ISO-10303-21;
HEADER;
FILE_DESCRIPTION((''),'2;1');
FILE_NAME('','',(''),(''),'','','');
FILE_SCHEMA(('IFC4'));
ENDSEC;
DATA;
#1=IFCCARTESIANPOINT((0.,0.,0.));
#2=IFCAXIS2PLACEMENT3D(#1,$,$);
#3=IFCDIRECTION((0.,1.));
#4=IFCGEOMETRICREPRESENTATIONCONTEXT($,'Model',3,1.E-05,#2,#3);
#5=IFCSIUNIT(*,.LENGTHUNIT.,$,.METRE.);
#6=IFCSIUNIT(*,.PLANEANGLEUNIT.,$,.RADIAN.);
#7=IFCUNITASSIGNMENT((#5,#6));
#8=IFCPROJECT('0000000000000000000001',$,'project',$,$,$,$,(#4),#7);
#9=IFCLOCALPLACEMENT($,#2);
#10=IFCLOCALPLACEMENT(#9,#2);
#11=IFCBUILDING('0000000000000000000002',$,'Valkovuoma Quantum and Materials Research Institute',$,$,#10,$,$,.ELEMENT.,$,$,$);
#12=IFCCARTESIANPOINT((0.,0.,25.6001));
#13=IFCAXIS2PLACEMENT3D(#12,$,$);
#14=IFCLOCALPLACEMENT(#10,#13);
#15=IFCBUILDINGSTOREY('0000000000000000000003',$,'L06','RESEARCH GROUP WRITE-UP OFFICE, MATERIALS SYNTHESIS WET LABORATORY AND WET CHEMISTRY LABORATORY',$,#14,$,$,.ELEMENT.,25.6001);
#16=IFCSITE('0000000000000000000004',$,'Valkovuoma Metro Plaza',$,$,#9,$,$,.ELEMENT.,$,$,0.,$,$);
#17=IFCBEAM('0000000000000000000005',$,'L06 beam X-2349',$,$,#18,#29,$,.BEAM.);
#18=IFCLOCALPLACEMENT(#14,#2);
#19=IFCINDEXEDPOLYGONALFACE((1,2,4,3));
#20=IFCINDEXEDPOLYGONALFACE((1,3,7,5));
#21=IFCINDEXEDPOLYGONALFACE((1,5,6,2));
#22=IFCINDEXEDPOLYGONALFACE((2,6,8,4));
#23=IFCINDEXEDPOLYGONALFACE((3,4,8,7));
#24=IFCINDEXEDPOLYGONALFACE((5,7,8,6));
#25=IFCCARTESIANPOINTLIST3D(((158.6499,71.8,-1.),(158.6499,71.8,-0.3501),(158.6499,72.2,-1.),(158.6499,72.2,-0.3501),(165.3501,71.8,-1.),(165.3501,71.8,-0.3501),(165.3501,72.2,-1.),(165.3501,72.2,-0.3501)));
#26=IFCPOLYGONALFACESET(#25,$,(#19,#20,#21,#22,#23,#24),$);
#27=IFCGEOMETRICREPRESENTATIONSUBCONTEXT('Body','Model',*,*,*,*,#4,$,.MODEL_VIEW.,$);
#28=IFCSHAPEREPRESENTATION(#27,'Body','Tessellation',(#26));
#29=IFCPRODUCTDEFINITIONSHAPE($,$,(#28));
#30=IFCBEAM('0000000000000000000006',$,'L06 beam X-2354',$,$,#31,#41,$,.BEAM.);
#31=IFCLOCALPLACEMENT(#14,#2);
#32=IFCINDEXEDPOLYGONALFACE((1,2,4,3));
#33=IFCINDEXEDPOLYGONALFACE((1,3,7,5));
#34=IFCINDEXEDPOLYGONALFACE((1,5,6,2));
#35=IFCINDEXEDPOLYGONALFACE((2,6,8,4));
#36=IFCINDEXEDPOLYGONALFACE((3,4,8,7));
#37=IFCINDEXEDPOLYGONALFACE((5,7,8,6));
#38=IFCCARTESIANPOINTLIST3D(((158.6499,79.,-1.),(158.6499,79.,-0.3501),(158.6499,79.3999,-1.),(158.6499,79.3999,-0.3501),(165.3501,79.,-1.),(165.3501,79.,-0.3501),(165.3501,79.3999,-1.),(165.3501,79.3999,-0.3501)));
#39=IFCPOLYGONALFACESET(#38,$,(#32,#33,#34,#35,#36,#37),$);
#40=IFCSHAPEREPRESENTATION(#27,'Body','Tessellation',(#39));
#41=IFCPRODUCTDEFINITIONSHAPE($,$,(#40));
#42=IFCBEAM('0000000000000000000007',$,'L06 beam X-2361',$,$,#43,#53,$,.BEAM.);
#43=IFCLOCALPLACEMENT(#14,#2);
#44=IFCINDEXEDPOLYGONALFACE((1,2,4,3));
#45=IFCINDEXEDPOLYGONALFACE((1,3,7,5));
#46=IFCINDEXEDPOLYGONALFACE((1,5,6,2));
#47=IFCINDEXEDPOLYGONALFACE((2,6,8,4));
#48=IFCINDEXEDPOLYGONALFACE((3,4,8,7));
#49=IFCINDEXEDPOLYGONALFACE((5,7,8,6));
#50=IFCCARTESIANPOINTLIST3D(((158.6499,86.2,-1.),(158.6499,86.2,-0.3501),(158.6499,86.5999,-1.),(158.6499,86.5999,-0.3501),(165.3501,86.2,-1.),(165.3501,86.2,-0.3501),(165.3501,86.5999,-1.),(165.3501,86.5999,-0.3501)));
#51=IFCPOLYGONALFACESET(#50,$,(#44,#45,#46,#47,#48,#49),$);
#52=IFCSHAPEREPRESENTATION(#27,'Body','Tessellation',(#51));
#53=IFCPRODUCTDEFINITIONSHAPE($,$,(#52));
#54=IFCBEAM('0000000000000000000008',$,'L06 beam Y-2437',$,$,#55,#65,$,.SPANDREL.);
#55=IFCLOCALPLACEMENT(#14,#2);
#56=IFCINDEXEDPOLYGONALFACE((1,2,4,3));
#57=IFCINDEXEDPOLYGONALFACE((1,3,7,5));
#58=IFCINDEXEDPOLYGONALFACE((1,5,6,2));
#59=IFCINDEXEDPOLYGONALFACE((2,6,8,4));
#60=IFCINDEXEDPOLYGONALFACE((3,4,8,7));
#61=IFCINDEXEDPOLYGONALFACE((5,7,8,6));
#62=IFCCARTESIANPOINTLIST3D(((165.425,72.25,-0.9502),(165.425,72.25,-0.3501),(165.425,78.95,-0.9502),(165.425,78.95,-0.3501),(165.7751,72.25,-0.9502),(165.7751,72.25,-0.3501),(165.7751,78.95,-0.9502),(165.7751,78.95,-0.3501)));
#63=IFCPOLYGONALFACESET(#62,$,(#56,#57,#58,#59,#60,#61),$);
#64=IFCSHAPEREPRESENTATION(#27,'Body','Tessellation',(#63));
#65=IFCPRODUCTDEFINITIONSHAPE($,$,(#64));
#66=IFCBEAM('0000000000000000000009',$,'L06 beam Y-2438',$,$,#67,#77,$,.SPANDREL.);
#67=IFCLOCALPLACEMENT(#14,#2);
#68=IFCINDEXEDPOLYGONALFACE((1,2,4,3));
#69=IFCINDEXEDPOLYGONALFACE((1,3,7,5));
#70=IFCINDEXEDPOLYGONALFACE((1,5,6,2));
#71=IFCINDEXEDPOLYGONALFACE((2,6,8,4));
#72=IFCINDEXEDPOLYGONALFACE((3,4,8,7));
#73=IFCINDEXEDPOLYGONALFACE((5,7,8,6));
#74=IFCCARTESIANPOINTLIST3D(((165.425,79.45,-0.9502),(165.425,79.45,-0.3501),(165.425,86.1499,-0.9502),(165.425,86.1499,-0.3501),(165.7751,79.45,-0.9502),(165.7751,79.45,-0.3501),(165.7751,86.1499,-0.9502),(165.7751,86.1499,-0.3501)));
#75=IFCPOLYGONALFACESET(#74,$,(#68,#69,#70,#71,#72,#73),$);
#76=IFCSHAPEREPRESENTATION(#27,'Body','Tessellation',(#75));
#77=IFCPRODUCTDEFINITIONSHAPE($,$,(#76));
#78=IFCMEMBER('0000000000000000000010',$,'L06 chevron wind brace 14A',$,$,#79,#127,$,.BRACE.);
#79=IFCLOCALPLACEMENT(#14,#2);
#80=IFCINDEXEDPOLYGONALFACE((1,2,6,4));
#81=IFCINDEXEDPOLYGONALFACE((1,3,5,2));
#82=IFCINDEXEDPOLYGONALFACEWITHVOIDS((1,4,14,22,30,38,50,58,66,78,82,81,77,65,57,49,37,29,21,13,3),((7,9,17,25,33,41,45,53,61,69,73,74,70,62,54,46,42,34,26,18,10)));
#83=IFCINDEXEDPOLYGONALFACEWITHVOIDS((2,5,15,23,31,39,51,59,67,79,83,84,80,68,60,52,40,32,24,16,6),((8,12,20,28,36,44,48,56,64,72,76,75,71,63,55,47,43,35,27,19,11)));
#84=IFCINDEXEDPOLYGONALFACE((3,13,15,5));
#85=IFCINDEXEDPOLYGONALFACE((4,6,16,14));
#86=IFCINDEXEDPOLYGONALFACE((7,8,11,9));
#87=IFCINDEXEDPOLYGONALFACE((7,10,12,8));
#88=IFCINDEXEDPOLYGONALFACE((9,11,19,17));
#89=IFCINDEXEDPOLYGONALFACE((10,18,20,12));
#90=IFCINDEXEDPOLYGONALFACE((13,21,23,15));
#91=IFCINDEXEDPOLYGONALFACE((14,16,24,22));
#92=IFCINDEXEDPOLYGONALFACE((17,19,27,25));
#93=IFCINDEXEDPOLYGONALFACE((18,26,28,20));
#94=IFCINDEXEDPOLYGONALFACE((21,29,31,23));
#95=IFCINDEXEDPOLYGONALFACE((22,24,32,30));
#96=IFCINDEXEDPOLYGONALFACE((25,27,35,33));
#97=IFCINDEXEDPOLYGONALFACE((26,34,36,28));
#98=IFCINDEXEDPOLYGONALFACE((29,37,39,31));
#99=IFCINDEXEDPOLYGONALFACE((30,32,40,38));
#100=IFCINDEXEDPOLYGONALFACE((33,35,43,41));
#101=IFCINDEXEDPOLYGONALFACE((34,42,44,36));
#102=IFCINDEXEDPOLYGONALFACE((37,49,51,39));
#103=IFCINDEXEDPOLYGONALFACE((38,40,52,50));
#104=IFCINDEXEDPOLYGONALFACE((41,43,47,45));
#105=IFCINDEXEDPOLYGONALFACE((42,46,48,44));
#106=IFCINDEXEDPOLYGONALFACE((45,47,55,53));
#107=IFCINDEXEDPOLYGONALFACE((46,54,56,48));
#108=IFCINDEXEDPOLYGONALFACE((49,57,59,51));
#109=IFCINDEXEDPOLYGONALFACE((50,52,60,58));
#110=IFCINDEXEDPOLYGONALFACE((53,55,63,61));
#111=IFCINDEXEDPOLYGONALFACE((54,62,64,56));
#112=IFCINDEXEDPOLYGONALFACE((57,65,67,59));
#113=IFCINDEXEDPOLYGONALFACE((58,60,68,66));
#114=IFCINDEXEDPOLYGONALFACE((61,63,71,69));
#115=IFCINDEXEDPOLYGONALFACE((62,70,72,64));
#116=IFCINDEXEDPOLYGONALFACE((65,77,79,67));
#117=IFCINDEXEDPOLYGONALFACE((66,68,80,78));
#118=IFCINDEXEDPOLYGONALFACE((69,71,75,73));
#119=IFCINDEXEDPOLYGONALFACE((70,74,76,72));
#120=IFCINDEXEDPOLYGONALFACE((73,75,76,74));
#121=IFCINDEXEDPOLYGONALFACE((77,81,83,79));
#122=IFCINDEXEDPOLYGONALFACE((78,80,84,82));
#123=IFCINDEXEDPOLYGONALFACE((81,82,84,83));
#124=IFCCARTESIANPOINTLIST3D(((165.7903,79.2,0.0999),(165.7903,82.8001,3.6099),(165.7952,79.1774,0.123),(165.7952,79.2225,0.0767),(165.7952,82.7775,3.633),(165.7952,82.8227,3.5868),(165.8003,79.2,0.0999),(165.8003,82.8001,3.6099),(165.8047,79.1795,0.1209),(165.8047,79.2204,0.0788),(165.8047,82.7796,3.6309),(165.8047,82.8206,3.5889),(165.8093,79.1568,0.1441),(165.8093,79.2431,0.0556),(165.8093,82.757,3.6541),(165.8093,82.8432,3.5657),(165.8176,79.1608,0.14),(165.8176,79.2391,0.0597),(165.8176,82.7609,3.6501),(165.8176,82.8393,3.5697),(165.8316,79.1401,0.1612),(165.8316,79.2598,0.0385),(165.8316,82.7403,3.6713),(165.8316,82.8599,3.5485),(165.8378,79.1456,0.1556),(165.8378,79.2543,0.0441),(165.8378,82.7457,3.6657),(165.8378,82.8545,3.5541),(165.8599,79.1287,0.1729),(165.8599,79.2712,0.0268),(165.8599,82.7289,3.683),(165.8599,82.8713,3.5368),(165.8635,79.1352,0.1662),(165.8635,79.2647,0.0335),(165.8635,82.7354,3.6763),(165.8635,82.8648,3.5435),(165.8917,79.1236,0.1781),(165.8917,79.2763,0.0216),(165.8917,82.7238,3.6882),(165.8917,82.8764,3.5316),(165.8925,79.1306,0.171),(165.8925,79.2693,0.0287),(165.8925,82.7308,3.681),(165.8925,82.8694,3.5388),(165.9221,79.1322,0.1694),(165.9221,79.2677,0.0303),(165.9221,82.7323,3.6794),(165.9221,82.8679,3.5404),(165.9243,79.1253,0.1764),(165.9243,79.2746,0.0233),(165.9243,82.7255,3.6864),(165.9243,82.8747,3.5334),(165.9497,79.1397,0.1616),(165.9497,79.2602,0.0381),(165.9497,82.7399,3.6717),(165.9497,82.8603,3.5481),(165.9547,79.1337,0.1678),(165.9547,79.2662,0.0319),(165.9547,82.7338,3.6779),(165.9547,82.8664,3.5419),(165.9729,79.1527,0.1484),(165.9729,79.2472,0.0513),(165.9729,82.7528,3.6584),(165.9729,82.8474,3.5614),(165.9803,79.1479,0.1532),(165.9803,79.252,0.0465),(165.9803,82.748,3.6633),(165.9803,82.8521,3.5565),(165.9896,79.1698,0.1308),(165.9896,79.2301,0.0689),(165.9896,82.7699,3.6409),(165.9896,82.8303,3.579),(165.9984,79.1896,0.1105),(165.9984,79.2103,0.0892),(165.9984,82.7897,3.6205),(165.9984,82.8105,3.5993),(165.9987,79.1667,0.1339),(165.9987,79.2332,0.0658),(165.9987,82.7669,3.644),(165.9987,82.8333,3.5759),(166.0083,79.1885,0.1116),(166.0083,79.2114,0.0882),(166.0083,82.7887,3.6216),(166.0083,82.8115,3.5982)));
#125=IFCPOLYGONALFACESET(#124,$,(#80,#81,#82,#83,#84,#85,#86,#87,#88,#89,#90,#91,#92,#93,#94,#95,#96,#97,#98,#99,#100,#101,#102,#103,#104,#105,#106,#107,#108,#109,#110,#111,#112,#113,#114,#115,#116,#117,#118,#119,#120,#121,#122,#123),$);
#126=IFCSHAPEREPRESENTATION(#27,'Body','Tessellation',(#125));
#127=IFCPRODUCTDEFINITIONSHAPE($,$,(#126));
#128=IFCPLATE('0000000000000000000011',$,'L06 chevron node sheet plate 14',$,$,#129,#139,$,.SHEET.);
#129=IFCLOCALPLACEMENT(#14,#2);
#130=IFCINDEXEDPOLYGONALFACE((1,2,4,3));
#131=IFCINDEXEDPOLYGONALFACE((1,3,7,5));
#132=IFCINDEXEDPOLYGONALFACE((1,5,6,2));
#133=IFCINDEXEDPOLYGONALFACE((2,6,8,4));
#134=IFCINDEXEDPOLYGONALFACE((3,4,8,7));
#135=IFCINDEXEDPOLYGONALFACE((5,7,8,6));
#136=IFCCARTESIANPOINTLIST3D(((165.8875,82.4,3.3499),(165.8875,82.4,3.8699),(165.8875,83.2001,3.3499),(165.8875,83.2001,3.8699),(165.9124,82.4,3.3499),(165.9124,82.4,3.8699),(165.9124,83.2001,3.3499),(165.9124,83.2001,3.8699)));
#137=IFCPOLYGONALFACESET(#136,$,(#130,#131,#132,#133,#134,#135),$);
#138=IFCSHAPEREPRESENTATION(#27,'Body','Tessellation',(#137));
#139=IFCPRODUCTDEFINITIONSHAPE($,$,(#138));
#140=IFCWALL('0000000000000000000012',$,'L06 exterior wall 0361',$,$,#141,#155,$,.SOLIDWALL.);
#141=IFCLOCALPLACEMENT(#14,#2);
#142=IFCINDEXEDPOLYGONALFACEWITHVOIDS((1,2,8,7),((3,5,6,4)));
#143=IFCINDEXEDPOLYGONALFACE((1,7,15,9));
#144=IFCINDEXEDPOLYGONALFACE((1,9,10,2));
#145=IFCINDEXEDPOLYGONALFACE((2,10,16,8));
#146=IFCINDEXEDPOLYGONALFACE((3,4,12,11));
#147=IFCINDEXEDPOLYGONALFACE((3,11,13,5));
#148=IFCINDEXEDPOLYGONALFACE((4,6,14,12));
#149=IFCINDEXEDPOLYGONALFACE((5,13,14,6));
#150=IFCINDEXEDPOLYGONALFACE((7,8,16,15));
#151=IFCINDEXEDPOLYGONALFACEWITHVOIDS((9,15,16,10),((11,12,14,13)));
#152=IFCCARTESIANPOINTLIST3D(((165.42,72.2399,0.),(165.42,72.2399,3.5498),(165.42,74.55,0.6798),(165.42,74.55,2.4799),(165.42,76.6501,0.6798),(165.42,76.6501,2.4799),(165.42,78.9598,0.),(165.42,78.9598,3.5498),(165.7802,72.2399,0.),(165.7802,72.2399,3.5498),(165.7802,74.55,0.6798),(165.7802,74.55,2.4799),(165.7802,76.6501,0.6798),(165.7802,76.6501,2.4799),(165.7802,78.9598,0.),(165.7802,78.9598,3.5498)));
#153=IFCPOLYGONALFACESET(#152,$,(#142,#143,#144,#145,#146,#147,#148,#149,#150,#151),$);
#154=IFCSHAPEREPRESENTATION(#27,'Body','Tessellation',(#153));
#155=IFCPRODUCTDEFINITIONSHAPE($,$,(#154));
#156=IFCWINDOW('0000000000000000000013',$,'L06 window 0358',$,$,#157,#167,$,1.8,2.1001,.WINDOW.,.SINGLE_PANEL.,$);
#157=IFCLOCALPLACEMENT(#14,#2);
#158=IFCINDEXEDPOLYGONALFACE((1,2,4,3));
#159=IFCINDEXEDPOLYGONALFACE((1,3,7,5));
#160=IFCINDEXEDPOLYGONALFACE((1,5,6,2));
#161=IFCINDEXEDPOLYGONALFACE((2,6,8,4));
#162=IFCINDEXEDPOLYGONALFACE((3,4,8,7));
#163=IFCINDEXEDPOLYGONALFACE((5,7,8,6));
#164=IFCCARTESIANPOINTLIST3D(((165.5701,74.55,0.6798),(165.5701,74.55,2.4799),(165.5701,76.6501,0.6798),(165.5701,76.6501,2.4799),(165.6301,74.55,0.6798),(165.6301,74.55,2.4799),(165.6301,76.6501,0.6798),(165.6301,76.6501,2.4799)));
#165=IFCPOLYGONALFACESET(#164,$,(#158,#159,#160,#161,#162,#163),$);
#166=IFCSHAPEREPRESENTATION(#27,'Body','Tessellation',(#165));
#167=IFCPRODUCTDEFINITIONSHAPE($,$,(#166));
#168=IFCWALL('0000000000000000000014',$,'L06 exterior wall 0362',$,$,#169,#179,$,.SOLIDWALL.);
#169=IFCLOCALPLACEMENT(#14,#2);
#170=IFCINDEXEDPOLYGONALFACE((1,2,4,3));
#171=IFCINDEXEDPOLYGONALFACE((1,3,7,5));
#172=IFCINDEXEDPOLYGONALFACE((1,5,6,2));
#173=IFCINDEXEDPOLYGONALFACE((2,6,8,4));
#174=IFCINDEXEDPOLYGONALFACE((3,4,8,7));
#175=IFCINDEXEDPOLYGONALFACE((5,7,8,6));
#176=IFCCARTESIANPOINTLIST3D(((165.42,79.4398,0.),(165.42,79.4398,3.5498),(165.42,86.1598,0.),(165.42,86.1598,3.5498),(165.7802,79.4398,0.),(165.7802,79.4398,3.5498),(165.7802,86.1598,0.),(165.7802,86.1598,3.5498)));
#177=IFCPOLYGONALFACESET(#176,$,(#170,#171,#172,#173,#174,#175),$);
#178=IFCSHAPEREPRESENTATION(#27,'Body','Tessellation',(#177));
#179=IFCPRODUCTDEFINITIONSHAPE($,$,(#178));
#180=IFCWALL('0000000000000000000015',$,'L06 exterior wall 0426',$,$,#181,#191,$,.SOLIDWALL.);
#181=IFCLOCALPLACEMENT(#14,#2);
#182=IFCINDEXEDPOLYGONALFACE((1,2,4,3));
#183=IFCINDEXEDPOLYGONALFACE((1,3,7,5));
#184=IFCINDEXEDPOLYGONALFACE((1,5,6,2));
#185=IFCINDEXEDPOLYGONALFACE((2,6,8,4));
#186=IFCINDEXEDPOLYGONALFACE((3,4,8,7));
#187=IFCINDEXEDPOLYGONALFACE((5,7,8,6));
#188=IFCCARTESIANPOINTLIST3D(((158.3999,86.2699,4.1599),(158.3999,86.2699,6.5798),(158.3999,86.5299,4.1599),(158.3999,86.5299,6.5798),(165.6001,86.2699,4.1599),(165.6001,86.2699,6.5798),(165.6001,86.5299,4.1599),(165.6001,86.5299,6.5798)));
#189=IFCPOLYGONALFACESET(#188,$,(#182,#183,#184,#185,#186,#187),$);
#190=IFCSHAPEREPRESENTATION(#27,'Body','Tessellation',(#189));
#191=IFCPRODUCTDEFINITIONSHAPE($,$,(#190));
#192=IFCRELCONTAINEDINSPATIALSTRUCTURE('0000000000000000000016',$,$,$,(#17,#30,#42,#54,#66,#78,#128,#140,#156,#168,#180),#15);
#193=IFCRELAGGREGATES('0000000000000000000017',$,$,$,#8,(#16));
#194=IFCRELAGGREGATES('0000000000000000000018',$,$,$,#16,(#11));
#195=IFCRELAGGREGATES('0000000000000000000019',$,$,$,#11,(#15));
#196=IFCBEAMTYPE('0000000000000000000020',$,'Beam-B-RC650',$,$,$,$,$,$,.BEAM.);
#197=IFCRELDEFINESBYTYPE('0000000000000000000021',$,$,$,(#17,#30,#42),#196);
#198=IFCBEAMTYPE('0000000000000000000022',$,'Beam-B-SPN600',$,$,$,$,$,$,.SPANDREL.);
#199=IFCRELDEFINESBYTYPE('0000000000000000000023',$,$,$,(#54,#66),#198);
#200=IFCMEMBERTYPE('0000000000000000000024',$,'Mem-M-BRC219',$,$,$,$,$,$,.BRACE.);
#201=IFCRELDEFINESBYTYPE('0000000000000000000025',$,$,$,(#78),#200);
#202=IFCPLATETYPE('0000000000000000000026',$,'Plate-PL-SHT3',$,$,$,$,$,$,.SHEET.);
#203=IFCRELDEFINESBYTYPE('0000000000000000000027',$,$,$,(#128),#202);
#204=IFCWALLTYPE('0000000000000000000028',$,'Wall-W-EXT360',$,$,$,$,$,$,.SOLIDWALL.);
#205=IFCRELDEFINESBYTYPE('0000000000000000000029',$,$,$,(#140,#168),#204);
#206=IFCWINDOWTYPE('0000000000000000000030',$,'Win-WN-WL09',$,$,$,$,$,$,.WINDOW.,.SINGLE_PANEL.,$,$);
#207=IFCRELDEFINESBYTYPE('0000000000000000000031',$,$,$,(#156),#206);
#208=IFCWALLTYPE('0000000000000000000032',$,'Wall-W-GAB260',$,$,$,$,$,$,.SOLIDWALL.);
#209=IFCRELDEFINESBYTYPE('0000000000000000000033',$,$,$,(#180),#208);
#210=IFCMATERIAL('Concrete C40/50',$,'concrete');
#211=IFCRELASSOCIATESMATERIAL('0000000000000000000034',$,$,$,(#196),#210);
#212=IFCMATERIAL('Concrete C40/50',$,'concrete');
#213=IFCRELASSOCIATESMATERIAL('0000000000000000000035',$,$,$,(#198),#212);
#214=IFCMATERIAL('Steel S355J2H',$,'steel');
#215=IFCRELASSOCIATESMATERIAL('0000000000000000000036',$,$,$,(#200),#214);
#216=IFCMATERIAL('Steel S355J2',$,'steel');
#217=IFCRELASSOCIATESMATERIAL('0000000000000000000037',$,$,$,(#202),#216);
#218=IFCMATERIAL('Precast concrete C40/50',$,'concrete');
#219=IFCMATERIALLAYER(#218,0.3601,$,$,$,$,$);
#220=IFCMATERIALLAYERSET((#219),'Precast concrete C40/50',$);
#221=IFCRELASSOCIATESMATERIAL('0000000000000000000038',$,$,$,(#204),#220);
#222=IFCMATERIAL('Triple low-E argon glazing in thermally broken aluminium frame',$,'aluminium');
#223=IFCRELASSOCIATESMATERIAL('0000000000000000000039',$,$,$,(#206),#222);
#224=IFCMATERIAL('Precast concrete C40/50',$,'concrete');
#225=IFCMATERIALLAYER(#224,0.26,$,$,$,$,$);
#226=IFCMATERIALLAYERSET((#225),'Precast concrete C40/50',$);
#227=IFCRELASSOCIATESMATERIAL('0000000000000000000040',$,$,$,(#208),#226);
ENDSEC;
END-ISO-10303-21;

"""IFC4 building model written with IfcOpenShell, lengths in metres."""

from ifc_helpers import new_model, si_unit, direction, frame, frame_2d, origin, origin_2d, place, context, subcontext, project, spatial, rectangle, hollow_circle, extrude, material, layer, layer_set, material_profile, profile_set, type_object, element, fill, save


model = new_model("IFC4")

# Units and contexts
model_context = context("Model", 3, precision=1e-05, world=origin(), true_north=direction((0.0, 1.0)))
body_context = subcontext(model_context, "Body", "Model", "MODEL_VIEW")
ifc_project = project(units=[si_unit("LENGTHUNIT", "METRE"), si_unit("PLANEANGLEUNIT", "RADIAN")], contexts=[model_context])

# Site, building, storey
site_placement = place(None, origin())
site = spatial("IfcSite", under=ifc_project, at=site_placement, Name="Valkovuoma Metro Plaza", CompositionType="ELEMENT", RefElevation=0.0)
building_placement = place(site_placement, origin())
building = spatial("IfcBuilding", under=site, at=building_placement, Name="Valkovuoma Quantum and Materials Research Institute", CompositionType="ELEMENT")
storey_placement = place(building_placement, frame((0.0, 0.0, 25.6001)))
storey = spatial("IfcBuildingStorey", under=building, at=storey_placement, Name="L06", Description="RESEARCH GROUP WRITE-UP OFFICE, MATERIALS SYNTHESIS WET LABORATORY AND WET CHEMISTRY LABORATORY", CompositionType="ELEMENT", Elevation=25.6001)

# Beams
ifc_material_1 = material(Name="Concrete C40/50", Category="concrete")
ifc_material_profile_1 = material_profile(ifc_material_1, rectangle(XDim=0.3999, YDim=0.6499, at=origin_2d()), Name="Concrete C40/50")
ifc_profile_set_1 = profile_set([ifc_material_profile_1], Name="Concrete C40/50")
beam_type_1 = type_object("IfcBeamType", Name="Beam-B-RC650", PredefinedType="BEAM", material=ifc_profile_set_1)
for number, where, z_axis, x_axis, name in (
    (1, (158.6499, 72.0, -0.675), (1.0, 0.0, 0.0), (0.0, 1.0, 0.0), "L06 beam X-2349"),
    (2, (158.6499, 79.2, -0.675), (1.0, 0.0, 0.0), (0.0, 1.0, 0.0), "L06 beam X-2354"),
    (3, (158.6499, 86.3999, -0.675), (1.0, 0.0, 0.0), (0.0, 1.0, 0.0), "L06 beam X-2361"),
):
    element("IfcBeam", number, at=place(storey_placement, frame(where, z_axis=z_axis, x_axis=x_axis)), inside=storey, type_object=beam_type_1, Name=name, PredefinedType="BEAM", context=body_context, shape_type="SweptSolid", body=[
        extrude(rectangle(XDim=0.3999, YDim=0.6499, at=origin_2d()), origin(), (0.0, 0.0, 1.0), 6.7002),
    ])
ifc_material_2 = material(Name="Concrete C40/50", Category="concrete")
ifc_material_profile_2 = material_profile(ifc_material_2, rectangle(XDim=0.3501, YDim=0.6001, at=origin_2d()), Name="Concrete C40/50")
ifc_profile_set_2 = profile_set([ifc_material_profile_2], Name="Concrete C40/50")
beam_type_2 = type_object("IfcBeamType", Name="Beam-B-SPN600", PredefinedType="SPANDREL", material=ifc_profile_set_2)
for number, where, z_axis, x_axis, name in (
    (4, (165.6001, 72.25, -0.6501), (0.0, 1.0, 0.0), (-1.0, 0.0, 0.0), "L06 beam Y-2437"),
    (5, (165.6001, 79.45, -0.6501), (0.0, 1.0, 0.0), (-1.0, 0.0, 0.0), "L06 beam Y-2438"),
):
    element("IfcBeam", number, at=place(storey_placement, frame(where, z_axis=z_axis, x_axis=x_axis)), inside=storey, type_object=beam_type_2, Name=name, PredefinedType="SPANDREL", context=body_context, shape_type="SweptSolid", body=[
        extrude(rectangle(XDim=0.3501, YDim=0.6001, at=origin_2d()), origin(), (0.0, 0.0, 1.0), 6.7),
    ])

# Member
ifc_material_3 = material(Name="Steel S355J2H", Category="steel")
ifc_material_profile_3 = material_profile(ifc_material_3, hollow_circle(Radius=0.1096, WallThickness=0.01, at=origin_2d()), Name="Steel S355J2H")
ifc_profile_set_3 = profile_set([ifc_material_profile_3], Name="Steel S355J2H")
member_type = type_object("IfcMemberType", Name="Mem-M-BRC219", PredefinedType="BRACE", material=ifc_profile_set_3)
member_placement = place(storey_placement, frame((165.8999, 79.2, 0.0999), z_axis=(0.0, 0.716009, 0.698091), x_axis=(-1.0, 0.0, 0.0)))
element("IfcMember", 6, at=member_placement, inside=storey, type_object=member_type, Name="L06 chevron wind brace 14A", PredefinedType="BRACE", context=body_context, shape_type="SweptSolid", body=[
    extrude(hollow_circle(Radius=0.1096, WallThickness=0.01, at=origin_2d()), origin(), (0.0, 0.0, 1.0), 5.0281),
])

# Plate
ifc_material_4 = material(Name="Steel S355J2", Category="steel")
plate_type = type_object("IfcPlateType", Name="Plate-PL-SHT3", PredefinedType="SHEET", material=ifc_material_4)
plate_placement = place(storey_placement, frame((165.8999, 82.8, 3.3499), z_axis=(0.0, 0.0, 1.0), x_axis=(0.0, 1.0, 0.0)))
element("IfcPlate", 7, at=plate_placement, inside=storey, type_object=plate_type, Name="L06 chevron node sheet plate 14", PredefinedType="SHEET", context=body_context, shape_type="SweptSolid", body=[
    extrude(rectangle(XDim=0.8, YDim=0.0249, at=origin_2d()), origin(), (0.0, 0.0, 1.0), 0.52),
])

# Wall, opening, window
ifc_material_5 = material(Name="Precast concrete C40/50", Category="concrete")
ifc_layer_1 = layer(ifc_material_5, 0.3601)
ifc_layer_set_1 = layer_set([ifc_layer_1], Name="Precast concrete C40/50")
wall_type_1 = type_object("IfcWallType", Name="Wall-W-EXT360", PredefinedType="SOLIDWALL", material=ifc_layer_set_1)
wall_1_placement = place(storey_placement, frame((165.6001, 72.24, 0.0), z_axis=(0.0, 0.0, 1.0), x_axis=(0.0, 1.0, 0.0)))
wall_1 = element("IfcWall", 8, at=wall_1_placement, inside=storey, type_object=wall_type_1, Name="L06 exterior wall 0361", PredefinedType="SOLIDWALL", context=body_context, shape_type="SweptSolid", body=[
    extrude(rectangle(XDim=6.72, YDim=0.3601, at=frame_2d((3.3599, 0.0))), origin(), (0.0, 0.0, 1.0), 3.5498),
])
opening_placement = place(wall_1_placement, frame((2.3101, 0.0, 0.6799)))
opening = element("IfcOpeningElement", 9, at=opening_placement, cuts=wall_1, PredefinedType="OPENING", context=body_context, shape_type="SweptSolid", body=[
    extrude(rectangle(XDim=2.1001, YDim=1.8, at=frame_2d((1.05, 0.8999))), frame((0.0, 0.1899, 0.0), z_axis=(0.0, -1.0, 0.0), x_axis=(1.0, 0.0, 0.0)), (0.0, 0.0, 1.0), 0.3801),
])
ifc_material_6 = material(Name="Triple low-E argon glazing in thermally broken aluminium frame", Category="aluminium")
window_type = type_object("IfcWindowType", Name="Win-WN-WL09", PartitioningType="SINGLE_PANEL", PredefinedType="WINDOW", material=ifc_material_6)
window_placement = place(opening_placement, origin())
window = element("IfcWindow", 10, at=window_placement, inside=storey, type_object=window_type, Name="L06 window 0358", OverallHeight=1.8, OverallWidth=2.1001, PartitioningType="SINGLE_PANEL", PredefinedType="WINDOW", context=body_context, shape_type="SweptSolid", body=[
    extrude(rectangle(XDim=2.1001, YDim=1.8, at=frame_2d((1.05, 0.8999))), frame((0.0, 0.03, 0.0), z_axis=(0.0, -1.0, 0.0), x_axis=(1.0, 0.0, 0.0)), (0.0, 0.0, 1.0), 0.0601),
])
fill(opening, window)

# Walls
wall_2_placement = place(storey_placement, frame((165.6001, 79.4399, 0.0), z_axis=(0.0, 0.0, 1.0), x_axis=(0.0, 1.0, 0.0)))
element("IfcWall", 11, at=wall_2_placement, inside=storey, type_object=wall_type_1, Name="L06 exterior wall 0362", PredefinedType="SOLIDWALL", context=body_context, shape_type="SweptSolid", body=[
    extrude(rectangle(XDim=6.72, YDim=0.3601, at=frame_2d((3.3599, 0.0))), origin(), (0.0, 0.0, 1.0), 3.5498),
])
ifc_material_7 = material(Name="Precast concrete C40/50", Category="concrete")
ifc_layer_2 = layer(ifc_material_7, 0.26)
ifc_layer_set_2 = layer_set([ifc_layer_2], Name="Precast concrete C40/50")
wall_type_2 = type_object("IfcWallType", Name="Wall-W-GAB260", PredefinedType="SOLIDWALL", material=ifc_layer_set_2)
wall_3_placement = place(storey_placement, frame((158.3999, 86.3999, 4.1599), z_axis=(0.0, 0.0, 1.0), x_axis=(1.0, 0.0, 0.0)))
element("IfcWall", 12, at=wall_3_placement, inside=storey, type_object=wall_type_2, Name="L06 exterior wall 0426", PredefinedType="SOLIDWALL", context=body_context, shape_type="SweptSolid", body=[
    extrude(rectangle(XDim=7.2002, YDim=0.26, at=frame_2d((3.6001, 0.0))), origin(), (0.0, 0.0, 1.0), 2.4199),
])

save(model, "model.ifc")
